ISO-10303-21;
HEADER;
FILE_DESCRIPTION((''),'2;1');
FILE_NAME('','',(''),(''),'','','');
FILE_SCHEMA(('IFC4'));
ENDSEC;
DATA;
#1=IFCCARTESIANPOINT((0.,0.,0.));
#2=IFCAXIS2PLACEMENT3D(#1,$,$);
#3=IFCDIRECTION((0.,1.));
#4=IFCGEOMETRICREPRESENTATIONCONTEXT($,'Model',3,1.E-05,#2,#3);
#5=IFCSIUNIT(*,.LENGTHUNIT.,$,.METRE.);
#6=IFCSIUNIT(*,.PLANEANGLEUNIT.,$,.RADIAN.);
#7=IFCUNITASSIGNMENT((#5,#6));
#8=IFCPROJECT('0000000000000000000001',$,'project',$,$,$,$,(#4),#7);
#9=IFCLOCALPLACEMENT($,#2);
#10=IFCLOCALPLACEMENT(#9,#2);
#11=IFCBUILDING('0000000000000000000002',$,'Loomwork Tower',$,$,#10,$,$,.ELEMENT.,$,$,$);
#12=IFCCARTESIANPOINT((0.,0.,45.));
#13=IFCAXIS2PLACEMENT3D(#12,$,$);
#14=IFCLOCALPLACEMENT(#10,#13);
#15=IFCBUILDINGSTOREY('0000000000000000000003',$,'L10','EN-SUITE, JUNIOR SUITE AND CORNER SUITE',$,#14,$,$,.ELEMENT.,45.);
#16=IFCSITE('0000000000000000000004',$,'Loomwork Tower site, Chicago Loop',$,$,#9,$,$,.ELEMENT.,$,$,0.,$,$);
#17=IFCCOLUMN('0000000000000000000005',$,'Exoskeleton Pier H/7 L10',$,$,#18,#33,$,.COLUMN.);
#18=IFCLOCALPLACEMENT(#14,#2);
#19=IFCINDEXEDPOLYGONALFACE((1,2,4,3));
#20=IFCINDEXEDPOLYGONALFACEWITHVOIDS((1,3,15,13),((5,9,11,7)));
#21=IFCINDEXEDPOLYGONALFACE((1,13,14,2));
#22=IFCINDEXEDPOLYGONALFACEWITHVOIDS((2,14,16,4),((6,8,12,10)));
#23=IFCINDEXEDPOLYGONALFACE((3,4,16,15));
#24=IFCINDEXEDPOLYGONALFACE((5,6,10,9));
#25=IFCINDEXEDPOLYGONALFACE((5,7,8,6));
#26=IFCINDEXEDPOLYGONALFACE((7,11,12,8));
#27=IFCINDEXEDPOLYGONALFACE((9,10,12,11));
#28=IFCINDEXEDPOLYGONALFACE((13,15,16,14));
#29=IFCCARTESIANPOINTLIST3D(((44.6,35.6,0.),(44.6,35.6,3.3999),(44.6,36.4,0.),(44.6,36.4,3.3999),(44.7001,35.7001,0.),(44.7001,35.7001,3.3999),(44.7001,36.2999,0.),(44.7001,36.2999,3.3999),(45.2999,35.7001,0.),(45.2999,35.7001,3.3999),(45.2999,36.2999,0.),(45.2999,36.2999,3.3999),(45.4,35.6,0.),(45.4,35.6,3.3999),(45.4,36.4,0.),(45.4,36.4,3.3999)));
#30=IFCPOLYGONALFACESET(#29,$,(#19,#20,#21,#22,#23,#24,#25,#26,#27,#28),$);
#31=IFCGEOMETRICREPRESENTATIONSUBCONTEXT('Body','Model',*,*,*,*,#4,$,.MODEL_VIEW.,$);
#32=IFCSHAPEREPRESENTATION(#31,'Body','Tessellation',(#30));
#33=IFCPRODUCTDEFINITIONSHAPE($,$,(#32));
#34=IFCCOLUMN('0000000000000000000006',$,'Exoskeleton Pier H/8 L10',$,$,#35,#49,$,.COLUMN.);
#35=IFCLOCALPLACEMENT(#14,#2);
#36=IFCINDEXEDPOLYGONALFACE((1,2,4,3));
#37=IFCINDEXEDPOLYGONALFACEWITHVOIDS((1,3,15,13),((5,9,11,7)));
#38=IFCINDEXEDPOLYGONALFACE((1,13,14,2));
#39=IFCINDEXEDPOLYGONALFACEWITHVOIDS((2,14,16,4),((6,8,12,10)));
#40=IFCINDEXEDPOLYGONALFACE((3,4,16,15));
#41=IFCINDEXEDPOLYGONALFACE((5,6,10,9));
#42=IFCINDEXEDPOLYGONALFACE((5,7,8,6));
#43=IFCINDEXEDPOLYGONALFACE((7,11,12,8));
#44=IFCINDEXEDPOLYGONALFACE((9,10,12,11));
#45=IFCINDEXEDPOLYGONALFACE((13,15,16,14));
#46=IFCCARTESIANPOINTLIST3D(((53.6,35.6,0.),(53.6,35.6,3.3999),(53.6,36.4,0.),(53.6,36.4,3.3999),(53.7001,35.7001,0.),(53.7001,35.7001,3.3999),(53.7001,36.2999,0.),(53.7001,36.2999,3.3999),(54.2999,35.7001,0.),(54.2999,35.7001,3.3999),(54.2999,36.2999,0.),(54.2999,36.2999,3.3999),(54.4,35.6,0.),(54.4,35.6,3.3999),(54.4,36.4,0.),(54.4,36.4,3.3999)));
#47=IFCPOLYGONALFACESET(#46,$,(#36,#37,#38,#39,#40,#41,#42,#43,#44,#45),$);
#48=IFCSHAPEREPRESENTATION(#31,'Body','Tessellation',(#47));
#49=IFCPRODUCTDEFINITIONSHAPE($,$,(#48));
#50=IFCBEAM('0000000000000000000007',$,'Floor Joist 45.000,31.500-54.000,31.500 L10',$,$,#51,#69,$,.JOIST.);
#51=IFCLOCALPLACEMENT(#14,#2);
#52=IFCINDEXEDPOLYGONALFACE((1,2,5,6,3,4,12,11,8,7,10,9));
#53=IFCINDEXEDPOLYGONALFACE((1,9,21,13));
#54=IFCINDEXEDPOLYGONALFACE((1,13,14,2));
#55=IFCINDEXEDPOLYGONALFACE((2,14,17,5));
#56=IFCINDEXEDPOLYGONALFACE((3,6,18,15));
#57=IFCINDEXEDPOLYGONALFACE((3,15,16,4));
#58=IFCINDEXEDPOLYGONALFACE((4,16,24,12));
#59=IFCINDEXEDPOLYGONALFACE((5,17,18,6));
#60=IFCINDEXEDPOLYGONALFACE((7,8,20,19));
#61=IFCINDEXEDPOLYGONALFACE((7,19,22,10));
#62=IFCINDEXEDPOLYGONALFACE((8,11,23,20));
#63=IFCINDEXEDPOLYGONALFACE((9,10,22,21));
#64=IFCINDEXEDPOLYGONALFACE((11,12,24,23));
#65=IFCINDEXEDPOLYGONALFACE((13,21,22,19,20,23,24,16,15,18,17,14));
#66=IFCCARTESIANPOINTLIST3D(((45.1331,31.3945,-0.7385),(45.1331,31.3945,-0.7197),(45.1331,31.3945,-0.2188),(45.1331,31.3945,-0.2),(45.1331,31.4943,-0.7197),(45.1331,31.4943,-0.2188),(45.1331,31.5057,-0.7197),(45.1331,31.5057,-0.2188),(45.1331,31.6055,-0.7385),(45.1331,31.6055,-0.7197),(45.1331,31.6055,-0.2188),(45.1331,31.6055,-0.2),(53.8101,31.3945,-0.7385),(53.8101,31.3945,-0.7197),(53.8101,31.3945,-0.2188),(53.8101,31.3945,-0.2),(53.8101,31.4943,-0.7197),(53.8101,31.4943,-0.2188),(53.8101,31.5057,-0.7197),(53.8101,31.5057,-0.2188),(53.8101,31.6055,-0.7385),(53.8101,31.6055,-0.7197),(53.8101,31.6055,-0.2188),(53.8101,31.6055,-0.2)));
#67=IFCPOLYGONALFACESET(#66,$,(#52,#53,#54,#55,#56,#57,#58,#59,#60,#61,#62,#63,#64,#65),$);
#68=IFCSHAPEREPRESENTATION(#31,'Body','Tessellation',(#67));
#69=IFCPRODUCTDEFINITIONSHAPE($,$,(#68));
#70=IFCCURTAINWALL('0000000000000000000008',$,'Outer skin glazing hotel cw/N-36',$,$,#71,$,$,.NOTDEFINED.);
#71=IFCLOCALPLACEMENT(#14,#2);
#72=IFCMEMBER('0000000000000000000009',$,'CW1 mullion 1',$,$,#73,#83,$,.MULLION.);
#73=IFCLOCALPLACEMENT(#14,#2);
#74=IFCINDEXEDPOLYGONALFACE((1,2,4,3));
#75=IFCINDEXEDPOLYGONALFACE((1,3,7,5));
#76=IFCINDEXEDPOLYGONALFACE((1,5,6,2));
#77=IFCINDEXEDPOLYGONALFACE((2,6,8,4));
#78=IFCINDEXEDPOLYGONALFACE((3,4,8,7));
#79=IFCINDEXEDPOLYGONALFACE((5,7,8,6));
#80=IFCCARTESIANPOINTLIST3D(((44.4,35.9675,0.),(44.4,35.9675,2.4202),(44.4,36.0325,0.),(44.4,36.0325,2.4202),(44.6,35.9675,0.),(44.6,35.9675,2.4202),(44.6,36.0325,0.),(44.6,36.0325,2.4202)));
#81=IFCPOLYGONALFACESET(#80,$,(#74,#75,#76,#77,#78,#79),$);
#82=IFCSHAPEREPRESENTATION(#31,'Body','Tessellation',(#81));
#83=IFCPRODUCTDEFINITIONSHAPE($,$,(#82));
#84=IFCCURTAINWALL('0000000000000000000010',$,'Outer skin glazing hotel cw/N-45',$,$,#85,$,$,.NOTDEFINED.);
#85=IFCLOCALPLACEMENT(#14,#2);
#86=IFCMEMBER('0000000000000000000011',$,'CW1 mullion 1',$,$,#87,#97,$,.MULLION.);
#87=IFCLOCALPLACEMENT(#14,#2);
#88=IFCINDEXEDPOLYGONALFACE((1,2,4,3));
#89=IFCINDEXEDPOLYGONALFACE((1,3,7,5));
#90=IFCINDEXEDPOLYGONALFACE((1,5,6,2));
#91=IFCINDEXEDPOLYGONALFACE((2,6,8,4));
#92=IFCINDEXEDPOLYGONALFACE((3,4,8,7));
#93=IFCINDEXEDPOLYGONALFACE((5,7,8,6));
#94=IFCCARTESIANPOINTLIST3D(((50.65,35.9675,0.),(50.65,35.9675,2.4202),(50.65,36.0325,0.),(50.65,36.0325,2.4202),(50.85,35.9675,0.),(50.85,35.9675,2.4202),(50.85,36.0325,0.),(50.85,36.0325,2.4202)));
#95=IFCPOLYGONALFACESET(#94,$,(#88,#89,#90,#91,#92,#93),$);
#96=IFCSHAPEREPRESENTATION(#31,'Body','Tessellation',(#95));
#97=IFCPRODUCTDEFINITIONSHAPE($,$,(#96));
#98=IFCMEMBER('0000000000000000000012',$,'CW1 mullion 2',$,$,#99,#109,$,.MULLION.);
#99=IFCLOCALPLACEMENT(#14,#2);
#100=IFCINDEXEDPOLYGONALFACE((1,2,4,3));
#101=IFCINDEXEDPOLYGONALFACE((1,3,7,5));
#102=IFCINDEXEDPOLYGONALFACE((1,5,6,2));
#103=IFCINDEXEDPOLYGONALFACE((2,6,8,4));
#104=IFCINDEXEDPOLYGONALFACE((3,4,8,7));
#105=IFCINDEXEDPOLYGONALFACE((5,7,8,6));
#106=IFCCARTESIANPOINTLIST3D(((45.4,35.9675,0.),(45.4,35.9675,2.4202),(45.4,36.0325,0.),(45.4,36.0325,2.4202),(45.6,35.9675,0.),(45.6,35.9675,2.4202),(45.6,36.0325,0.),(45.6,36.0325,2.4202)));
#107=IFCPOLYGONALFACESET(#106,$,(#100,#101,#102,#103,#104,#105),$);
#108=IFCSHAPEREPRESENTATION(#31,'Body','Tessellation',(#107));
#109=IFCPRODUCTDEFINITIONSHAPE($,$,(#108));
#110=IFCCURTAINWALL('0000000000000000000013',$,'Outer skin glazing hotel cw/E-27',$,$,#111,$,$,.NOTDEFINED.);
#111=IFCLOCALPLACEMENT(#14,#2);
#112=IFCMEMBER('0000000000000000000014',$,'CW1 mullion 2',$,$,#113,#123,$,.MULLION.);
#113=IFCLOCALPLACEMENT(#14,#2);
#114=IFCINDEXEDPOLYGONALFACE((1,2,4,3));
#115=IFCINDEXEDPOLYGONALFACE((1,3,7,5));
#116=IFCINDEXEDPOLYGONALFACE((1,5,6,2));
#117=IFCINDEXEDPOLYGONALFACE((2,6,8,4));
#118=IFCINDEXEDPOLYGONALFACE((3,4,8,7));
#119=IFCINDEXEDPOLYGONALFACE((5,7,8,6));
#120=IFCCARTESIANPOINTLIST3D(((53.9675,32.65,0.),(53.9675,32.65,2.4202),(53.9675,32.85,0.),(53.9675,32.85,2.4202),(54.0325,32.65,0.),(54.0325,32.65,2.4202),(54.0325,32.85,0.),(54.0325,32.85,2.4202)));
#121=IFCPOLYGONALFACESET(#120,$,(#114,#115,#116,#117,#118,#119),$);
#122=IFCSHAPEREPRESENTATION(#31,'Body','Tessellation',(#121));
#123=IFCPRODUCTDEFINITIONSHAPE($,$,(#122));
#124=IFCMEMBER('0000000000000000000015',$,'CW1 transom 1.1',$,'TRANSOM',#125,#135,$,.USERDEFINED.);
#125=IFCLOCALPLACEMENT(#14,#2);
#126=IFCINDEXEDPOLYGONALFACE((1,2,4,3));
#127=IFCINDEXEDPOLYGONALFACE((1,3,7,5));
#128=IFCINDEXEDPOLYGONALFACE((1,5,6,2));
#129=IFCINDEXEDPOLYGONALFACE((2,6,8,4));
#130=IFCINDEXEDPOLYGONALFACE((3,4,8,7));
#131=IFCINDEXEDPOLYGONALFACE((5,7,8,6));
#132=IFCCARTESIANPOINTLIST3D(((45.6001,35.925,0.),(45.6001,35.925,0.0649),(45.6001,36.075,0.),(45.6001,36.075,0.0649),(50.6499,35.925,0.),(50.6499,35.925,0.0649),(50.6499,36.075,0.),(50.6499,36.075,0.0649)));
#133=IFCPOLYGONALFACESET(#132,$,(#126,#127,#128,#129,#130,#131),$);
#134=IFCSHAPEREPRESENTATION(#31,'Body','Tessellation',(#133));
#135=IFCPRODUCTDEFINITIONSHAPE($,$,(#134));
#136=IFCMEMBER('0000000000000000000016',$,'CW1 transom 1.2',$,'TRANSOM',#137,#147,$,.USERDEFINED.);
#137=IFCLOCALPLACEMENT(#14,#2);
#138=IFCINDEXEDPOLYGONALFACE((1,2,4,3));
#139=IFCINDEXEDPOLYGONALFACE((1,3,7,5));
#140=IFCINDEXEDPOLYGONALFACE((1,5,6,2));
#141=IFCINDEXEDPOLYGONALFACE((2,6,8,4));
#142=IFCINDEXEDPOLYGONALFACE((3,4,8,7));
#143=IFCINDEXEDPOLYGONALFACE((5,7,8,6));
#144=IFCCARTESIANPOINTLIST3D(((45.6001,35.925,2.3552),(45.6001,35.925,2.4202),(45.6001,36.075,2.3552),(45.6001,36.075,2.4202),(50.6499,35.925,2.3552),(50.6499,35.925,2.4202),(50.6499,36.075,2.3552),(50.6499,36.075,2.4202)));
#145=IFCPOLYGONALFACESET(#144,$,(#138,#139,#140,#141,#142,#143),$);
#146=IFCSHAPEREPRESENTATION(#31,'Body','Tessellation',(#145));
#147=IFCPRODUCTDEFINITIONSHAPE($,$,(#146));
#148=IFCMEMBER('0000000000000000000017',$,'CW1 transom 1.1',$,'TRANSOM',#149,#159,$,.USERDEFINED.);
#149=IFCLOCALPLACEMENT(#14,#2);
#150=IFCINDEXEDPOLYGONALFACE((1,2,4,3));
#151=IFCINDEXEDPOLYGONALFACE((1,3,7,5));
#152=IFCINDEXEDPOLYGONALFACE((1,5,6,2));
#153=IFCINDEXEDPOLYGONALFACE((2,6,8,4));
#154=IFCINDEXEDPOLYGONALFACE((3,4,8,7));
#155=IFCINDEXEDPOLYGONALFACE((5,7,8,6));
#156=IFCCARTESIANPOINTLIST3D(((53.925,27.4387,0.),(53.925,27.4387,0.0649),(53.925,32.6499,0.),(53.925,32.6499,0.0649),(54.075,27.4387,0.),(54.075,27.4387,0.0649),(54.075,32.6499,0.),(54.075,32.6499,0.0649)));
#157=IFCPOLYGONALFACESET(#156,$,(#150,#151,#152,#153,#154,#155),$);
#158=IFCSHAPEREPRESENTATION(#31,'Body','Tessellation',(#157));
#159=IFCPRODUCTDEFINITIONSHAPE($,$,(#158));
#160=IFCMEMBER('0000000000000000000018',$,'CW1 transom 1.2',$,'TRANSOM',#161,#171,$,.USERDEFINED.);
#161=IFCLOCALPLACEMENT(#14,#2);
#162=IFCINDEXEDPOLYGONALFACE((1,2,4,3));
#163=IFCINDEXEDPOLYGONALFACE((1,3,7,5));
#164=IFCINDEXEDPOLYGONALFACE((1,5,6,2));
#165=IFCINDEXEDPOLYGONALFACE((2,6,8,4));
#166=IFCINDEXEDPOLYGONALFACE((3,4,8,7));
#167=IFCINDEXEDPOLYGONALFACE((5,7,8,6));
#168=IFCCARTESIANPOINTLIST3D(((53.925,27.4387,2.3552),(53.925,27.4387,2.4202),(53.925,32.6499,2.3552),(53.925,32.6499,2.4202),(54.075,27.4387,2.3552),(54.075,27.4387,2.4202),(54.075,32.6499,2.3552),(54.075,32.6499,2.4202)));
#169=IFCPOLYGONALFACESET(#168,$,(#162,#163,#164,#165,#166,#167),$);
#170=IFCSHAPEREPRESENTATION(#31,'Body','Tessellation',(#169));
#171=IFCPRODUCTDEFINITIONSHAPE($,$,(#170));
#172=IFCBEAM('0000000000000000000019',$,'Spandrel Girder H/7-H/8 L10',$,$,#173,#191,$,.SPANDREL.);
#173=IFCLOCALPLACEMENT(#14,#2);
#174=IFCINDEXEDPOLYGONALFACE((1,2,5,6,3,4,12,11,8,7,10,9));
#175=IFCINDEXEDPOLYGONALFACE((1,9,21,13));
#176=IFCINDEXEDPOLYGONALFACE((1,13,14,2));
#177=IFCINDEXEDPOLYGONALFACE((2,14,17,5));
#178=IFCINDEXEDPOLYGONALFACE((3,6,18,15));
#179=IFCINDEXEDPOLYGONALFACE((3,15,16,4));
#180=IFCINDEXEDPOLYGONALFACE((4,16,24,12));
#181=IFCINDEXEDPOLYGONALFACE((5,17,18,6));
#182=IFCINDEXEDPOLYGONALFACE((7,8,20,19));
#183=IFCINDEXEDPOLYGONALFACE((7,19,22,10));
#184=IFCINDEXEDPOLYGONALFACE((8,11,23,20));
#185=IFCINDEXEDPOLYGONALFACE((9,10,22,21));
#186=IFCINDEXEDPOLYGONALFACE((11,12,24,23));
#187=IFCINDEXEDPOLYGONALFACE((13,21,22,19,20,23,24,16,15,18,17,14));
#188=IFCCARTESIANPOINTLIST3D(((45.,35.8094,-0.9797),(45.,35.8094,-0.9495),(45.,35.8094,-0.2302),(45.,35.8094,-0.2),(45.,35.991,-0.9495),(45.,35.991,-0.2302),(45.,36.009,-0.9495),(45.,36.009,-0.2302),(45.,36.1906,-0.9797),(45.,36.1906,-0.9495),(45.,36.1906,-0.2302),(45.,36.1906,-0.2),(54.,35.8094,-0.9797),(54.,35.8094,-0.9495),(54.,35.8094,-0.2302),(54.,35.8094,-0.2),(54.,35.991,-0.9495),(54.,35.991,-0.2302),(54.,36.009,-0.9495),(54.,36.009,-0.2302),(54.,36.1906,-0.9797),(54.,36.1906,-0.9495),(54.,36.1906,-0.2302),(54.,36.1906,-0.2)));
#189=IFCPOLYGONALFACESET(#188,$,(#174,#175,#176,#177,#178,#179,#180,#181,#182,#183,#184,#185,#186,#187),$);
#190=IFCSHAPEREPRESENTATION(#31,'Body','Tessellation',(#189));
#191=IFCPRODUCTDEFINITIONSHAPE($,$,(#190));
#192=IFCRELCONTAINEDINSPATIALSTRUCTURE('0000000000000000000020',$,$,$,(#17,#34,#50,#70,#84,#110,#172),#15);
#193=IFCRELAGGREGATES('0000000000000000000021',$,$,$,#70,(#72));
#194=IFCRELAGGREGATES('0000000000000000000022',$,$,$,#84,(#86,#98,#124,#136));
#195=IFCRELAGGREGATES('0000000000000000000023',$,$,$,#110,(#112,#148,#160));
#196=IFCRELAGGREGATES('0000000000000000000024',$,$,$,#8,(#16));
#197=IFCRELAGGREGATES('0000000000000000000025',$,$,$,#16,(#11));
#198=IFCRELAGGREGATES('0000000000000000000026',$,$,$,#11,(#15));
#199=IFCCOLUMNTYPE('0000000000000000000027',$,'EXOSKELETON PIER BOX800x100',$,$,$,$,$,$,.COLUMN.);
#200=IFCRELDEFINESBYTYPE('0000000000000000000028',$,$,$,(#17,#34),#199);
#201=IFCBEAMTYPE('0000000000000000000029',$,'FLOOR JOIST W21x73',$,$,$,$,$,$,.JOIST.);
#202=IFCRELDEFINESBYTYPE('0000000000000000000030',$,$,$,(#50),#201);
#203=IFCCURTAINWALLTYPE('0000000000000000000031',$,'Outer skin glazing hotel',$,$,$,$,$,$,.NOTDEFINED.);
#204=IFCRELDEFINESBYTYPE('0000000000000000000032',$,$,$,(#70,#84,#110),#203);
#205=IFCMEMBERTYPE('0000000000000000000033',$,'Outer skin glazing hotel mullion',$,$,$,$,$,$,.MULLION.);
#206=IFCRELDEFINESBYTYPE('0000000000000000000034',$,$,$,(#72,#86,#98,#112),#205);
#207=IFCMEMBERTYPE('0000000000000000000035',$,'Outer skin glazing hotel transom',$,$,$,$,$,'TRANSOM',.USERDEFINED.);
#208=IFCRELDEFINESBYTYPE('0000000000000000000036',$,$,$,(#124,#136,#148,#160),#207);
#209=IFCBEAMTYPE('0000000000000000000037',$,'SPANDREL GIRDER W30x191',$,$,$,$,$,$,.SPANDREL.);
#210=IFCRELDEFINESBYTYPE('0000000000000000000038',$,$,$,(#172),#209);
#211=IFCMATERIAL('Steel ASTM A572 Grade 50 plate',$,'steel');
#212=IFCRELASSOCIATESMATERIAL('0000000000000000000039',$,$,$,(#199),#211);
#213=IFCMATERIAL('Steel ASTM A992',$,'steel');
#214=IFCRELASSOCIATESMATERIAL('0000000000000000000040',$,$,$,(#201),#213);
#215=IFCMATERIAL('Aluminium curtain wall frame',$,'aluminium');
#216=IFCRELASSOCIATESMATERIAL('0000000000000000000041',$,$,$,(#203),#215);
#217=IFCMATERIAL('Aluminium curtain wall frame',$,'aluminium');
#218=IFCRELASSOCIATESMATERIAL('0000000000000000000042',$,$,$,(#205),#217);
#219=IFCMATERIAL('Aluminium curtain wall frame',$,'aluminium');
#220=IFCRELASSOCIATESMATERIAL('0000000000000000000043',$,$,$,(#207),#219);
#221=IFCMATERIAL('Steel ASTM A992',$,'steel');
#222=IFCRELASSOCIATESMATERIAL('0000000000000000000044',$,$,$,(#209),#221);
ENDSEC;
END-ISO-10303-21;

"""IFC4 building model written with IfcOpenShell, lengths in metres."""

from ifc_helpers import new_model, si_unit, direction, frame, origin, origin_2d, place, context, subcontext, project, spatial, rectangle, hollow_rectangle, i_section, extrude, material, material_profile, profile_set, type_object, element, aggregate, save


model = new_model("IFC4")

# Units and contexts
model_context = context("Model", 3, precision=1e-05, world=origin(), true_north=direction((0.0, 1.0)))
body_context = subcontext(model_context, "Body", "Model", "MODEL_VIEW")
ifc_project = project(units=[si_unit("LENGTHUNIT", "METRE"), si_unit("PLANEANGLEUNIT", "RADIAN")], contexts=[model_context])

# Site, building, storey
site_placement = place(None, origin())
site = spatial("IfcSite", under=ifc_project, at=site_placement, Name="Loomwork Tower site, Chicago Loop", CompositionType="ELEMENT", RefElevation=0.0)
building_placement = place(site_placement, origin())
building = spatial("IfcBuilding", under=site, at=building_placement, Name="Loomwork Tower", CompositionType="ELEMENT")
storey_placement = place(building_placement, frame((0.0, 0.0, 45.0)))
storey = spatial("IfcBuildingStorey", under=building, at=storey_placement, Name="L10", Description="EN-SUITE, JUNIOR SUITE AND CORNER SUITE", CompositionType="ELEMENT", Elevation=45.0)

# Columns
ifc_material_1 = material(Name="Steel ASTM A572 Grade 50 plate", Category="steel")
ifc_material_profile_1 = material_profile(ifc_material_1, hollow_rectangle(XDim=0.8, YDim=0.8, WallThickness=0.1001, at=origin_2d()), Name="BOX800x100")
ifc_profile_set_1 = profile_set([ifc_material_profile_1], Name="Steel ASTM A572 Grade 50 plate")
column_type = type_object("IfcColumnType", Name="EXOSKELETON PIER BOX800x100", PredefinedType="COLUMN", material=ifc_profile_set_1)
for number, where, z_axis, x_axis, name in (
    (1, (45.0, 36.0, 0.0), (0.0, 0.0, 1.0), (1.0, 0.0, 0.0), "Exoskeleton Pier H/7 L10"),
    (2, (54.0, 36.0, 0.0), (0.0, 0.0, 1.0), (1.0, 0.0, 0.0), "Exoskeleton Pier H/8 L10"),
):
    element("IfcColumn", number, at=place(storey_placement, frame(where, z_axis=z_axis, x_axis=x_axis)), inside=storey, type_object=column_type, Name=name, PredefinedType="COLUMN", context=body_context, shape_type="SweptSolid", body=[
        extrude(hollow_rectangle(XDim=0.8, YDim=0.8, WallThickness=0.1001, at=origin_2d()), origin(), (0.0, 0.0, 1.0), 3.3999),
    ])

# Beam
ifc_material_2 = material(Name="Steel ASTM A992", Category="steel")
ifc_material_profile_2 = material_profile(ifc_material_2, i_section(OverallWidth=0.2109, OverallDepth=0.5386, WebThickness=0.0115, FlangeThickness=0.0188, at=origin_2d()), Name="W21x73")
ifc_profile_set_2 = profile_set([ifc_material_profile_2], Name="Steel ASTM A992")
beam_type_1 = type_object("IfcBeamType", Name="FLOOR JOIST W21x73", PredefinedType="JOIST", material=ifc_profile_set_2)
beam_1_placement = place(storey_placement, frame((45.1331, 31.5, -0.4692), z_axis=(1.0, 0.0, 0.0), x_axis=(0.0, 1.0, 0.0)))
element("IfcBeam", 3, at=beam_1_placement, inside=storey, type_object=beam_type_1, Name="Floor Joist 45.000,31.500-54.000,31.500 L10", PredefinedType="JOIST", context=body_context, shape_type="SweptSolid", body=[
    extrude(i_section(OverallWidth=0.2109, OverallDepth=0.5386, WebThickness=0.0115, FlangeThickness=0.0188, at=origin_2d()), origin(), (0.0, 0.0, 1.0), 8.677),
])

# Curtain wall, member
ifc_material_3 = material(Name="Aluminium curtain wall frame", Category="aluminium")
curtain_wall_type = type_object("IfcCurtainWallType", Name="Outer skin glazing hotel", PredefinedType="NOTDEFINED", material=ifc_material_3)
curtain_wall_1_placement = place(storey_placement, origin())
curtain_wall_1 = element("IfcCurtainWall", 4, at=curtain_wall_1_placement, inside=storey, type_object=curtain_wall_type, Name="Outer skin glazing hotel cw/N-36", PredefinedType="NOTDEFINED")
ifc_material_4 = material(Name="Aluminium curtain wall frame", Category="aluminium")
ifc_material_profile_3 = material_profile(ifc_material_4, rectangle(XDim=0.0649, YDim=0.2, at=origin_2d()), Name="AL 65x200")
ifc_profile_set_3 = profile_set([ifc_material_profile_3], Name="Aluminium curtain wall frame")
member_type_1 = type_object("IfcMemberType", Name="Outer skin glazing hotel mullion", PredefinedType="MULLION", material=ifc_profile_set_3)
member_1_placement = place(storey_placement, frame((44.5, 36.0, 0.0), z_axis=(0.0, 0.0, 1.0), x_axis=(0.0, -1.0, 0.0)))
member_1 = element("IfcMember", 5, at=member_1_placement, type_object=member_type_1, Name="CW1 mullion 1", PredefinedType="MULLION", context=body_context, shape_type="SweptSolid", body=[
    extrude(rectangle(XDim=0.0649, YDim=0.2, at=origin_2d()), origin(), (0.0, 0.0, 1.0), 2.4202),
])
aggregate(curtain_wall_1, [member_1])

# Curtain wall, members
curtain_wall_2_placement = place(storey_placement, origin())
curtain_wall_2 = element("IfcCurtainWall", 6, at=curtain_wall_2_placement, inside=storey, type_object=curtain_wall_type, Name="Outer skin glazing hotel cw/N-45", PredefinedType="NOTDEFINED")
member_2_placement = place(storey_placement, frame((50.75, 36.0, 0.0), z_axis=(0.0, 0.0, 1.0), x_axis=(0.0, -1.0, 0.0)))
member_2 = element("IfcMember", 7, at=member_2_placement, type_object=member_type_1, Name="CW1 mullion 1", PredefinedType="MULLION", context=body_context, shape_type="SweptSolid", body=[
    extrude(rectangle(XDim=0.0649, YDim=0.2, at=origin_2d()), origin(), (0.0, 0.0, 1.0), 2.4202),
])
member_3_placement = place(storey_placement, frame((45.5, 36.0, 0.0), z_axis=(0.0, 0.0, 1.0), x_axis=(0.0, -1.0, 0.0)))
member_3 = element("IfcMember", 8, at=member_3_placement, type_object=member_type_1, Name="CW1 mullion 2", PredefinedType="MULLION", context=body_context, shape_type="SweptSolid", body=[
    extrude(rectangle(XDim=0.0649, YDim=0.2, at=origin_2d()), origin(), (0.0, 0.0, 1.0), 2.4202),
])

# Curtain wall, member
curtain_wall_3_placement = place(storey_placement, origin())
curtain_wall_3 = element("IfcCurtainWall", 9, at=curtain_wall_3_placement, inside=storey, type_object=curtain_wall_type, Name="Outer skin glazing hotel cw/E-27", PredefinedType="NOTDEFINED")
member_4_placement = place(storey_placement, frame((54.0, 32.75, 0.0), z_axis=(0.0, 0.0, 1.0), x_axis=(-1.0, 0.0, 0.0)))
member_4 = element("IfcMember", 10, at=member_4_placement, type_object=member_type_1, Name="CW1 mullion 2", PredefinedType="MULLION", context=body_context, shape_type="SweptSolid", body=[
    extrude(rectangle(XDim=0.0649, YDim=0.2, at=origin_2d()), origin(), (0.0, 0.0, 1.0), 2.4202),
])

# Members
ifc_material_5 = material(Name="Aluminium curtain wall frame", Category="aluminium")
ifc_material_profile_4 = material_profile(ifc_material_5, rectangle(XDim=0.1499, YDim=0.0649, at=origin_2d()), Name="AL 65x150")
ifc_profile_set_4 = profile_set([ifc_material_profile_4], Name="Aluminium curtain wall frame")
member_type_2 = type_object("IfcMemberType", Name="Outer skin glazing hotel transom", ElementType="TRANSOM", PredefinedType="USERDEFINED", material=ifc_profile_set_4)
member_5_placement = place(storey_placement, frame((50.6499, 36.0, 0.0325), z_axis=(-1.0, 0.0, 0.0), x_axis=(0.0, -1.0, 0.0)))
member_5 = element("IfcMember", 11, at=member_5_placement, type_object=member_type_2, Name="CW1 transom 1.1", ObjectType="TRANSOM", PredefinedType="USERDEFINED", context=body_context, shape_type="SweptSolid", body=[
    extrude(rectangle(XDim=0.1499, YDim=0.0649, at=origin_2d()), origin(), (0.0, 0.0, 1.0), 5.0498),
])
member_6_placement = place(storey_placement, frame((50.6499, 36.0, 2.3877), z_axis=(-1.0, 0.0, 0.0), x_axis=(0.0, -1.0, 0.0)))
member_6 = element("IfcMember", 12, at=member_6_placement, type_object=member_type_2, Name="CW1 transom 1.2", ObjectType="TRANSOM", PredefinedType="USERDEFINED", context=body_context, shape_type="SweptSolid", body=[
    extrude(rectangle(XDim=0.1499, YDim=0.0649, at=origin_2d()), origin(), (0.0, 0.0, 1.0), 5.0498),
])
member_7_placement = place(storey_placement, frame((54.0, 27.4387, 0.0325), z_axis=(0.0, 1.0, 0.0), x_axis=(-1.0, 0.0, 0.0)))
member_7 = element("IfcMember", 13, at=member_7_placement, type_object=member_type_2, Name="CW1 transom 1.1", ObjectType="TRANSOM", PredefinedType="USERDEFINED", context=body_context, shape_type="SweptSolid", body=[
    extrude(rectangle(XDim=0.1499, YDim=0.0649, at=origin_2d()), origin(), (0.0, 0.0, 1.0), 5.2112),
])
member_8_placement = place(storey_placement, frame((54.0, 27.4387, 2.3877), z_axis=(0.0, 1.0, 0.0), x_axis=(-1.0, 0.0, 0.0)))
member_8 = element("IfcMember", 14, at=member_8_placement, type_object=member_type_2, Name="CW1 transom 1.2", ObjectType="TRANSOM", PredefinedType="USERDEFINED", context=body_context, shape_type="SweptSolid", body=[
    extrude(rectangle(XDim=0.1499, YDim=0.0649, at=origin_2d()), origin(), (0.0, 0.0, 1.0), 5.2112),
])

# Beam
ifc_material_6 = material(Name="Steel ASTM A992", Category="steel")
ifc_material_profile_5 = material_profile(ifc_material_6, i_section(OverallWidth=0.3811, OverallDepth=0.7798, WebThickness=0.0181, FlangeThickness=0.0303, at=origin_2d()), Name="W30x191")
ifc_profile_set_5 = profile_set([ifc_material_profile_5], Name="Steel ASTM A992")
beam_type_2 = type_object("IfcBeamType", Name="SPANDREL GIRDER W30x191", PredefinedType="SPANDREL", material=ifc_profile_set_5)
beam_2_placement = place(storey_placement, frame((45.0, 36.0, -0.5898), z_axis=(1.0, 0.0, 0.0), x_axis=(0.0, 1.0, 0.0)))
element("IfcBeam", 15, at=beam_2_placement, inside=storey, type_object=beam_type_2, Name="Spandrel Girder H/7-H/8 L10", PredefinedType="SPANDREL", context=body_context, shape_type="SweptSolid", body=[
    extrude(i_section(OverallWidth=0.3811, OverallDepth=0.7798, WebThickness=0.0181, FlangeThickness=0.0303, at=origin_2d()), origin(), (0.0, 0.0, 1.0), 9.0),
])

aggregate(curtain_wall_2, [member_2, member_3, member_5, member_6])
aggregate(curtain_wall_3, [member_4, member_7, member_8])

save(model, "model.ifc")
